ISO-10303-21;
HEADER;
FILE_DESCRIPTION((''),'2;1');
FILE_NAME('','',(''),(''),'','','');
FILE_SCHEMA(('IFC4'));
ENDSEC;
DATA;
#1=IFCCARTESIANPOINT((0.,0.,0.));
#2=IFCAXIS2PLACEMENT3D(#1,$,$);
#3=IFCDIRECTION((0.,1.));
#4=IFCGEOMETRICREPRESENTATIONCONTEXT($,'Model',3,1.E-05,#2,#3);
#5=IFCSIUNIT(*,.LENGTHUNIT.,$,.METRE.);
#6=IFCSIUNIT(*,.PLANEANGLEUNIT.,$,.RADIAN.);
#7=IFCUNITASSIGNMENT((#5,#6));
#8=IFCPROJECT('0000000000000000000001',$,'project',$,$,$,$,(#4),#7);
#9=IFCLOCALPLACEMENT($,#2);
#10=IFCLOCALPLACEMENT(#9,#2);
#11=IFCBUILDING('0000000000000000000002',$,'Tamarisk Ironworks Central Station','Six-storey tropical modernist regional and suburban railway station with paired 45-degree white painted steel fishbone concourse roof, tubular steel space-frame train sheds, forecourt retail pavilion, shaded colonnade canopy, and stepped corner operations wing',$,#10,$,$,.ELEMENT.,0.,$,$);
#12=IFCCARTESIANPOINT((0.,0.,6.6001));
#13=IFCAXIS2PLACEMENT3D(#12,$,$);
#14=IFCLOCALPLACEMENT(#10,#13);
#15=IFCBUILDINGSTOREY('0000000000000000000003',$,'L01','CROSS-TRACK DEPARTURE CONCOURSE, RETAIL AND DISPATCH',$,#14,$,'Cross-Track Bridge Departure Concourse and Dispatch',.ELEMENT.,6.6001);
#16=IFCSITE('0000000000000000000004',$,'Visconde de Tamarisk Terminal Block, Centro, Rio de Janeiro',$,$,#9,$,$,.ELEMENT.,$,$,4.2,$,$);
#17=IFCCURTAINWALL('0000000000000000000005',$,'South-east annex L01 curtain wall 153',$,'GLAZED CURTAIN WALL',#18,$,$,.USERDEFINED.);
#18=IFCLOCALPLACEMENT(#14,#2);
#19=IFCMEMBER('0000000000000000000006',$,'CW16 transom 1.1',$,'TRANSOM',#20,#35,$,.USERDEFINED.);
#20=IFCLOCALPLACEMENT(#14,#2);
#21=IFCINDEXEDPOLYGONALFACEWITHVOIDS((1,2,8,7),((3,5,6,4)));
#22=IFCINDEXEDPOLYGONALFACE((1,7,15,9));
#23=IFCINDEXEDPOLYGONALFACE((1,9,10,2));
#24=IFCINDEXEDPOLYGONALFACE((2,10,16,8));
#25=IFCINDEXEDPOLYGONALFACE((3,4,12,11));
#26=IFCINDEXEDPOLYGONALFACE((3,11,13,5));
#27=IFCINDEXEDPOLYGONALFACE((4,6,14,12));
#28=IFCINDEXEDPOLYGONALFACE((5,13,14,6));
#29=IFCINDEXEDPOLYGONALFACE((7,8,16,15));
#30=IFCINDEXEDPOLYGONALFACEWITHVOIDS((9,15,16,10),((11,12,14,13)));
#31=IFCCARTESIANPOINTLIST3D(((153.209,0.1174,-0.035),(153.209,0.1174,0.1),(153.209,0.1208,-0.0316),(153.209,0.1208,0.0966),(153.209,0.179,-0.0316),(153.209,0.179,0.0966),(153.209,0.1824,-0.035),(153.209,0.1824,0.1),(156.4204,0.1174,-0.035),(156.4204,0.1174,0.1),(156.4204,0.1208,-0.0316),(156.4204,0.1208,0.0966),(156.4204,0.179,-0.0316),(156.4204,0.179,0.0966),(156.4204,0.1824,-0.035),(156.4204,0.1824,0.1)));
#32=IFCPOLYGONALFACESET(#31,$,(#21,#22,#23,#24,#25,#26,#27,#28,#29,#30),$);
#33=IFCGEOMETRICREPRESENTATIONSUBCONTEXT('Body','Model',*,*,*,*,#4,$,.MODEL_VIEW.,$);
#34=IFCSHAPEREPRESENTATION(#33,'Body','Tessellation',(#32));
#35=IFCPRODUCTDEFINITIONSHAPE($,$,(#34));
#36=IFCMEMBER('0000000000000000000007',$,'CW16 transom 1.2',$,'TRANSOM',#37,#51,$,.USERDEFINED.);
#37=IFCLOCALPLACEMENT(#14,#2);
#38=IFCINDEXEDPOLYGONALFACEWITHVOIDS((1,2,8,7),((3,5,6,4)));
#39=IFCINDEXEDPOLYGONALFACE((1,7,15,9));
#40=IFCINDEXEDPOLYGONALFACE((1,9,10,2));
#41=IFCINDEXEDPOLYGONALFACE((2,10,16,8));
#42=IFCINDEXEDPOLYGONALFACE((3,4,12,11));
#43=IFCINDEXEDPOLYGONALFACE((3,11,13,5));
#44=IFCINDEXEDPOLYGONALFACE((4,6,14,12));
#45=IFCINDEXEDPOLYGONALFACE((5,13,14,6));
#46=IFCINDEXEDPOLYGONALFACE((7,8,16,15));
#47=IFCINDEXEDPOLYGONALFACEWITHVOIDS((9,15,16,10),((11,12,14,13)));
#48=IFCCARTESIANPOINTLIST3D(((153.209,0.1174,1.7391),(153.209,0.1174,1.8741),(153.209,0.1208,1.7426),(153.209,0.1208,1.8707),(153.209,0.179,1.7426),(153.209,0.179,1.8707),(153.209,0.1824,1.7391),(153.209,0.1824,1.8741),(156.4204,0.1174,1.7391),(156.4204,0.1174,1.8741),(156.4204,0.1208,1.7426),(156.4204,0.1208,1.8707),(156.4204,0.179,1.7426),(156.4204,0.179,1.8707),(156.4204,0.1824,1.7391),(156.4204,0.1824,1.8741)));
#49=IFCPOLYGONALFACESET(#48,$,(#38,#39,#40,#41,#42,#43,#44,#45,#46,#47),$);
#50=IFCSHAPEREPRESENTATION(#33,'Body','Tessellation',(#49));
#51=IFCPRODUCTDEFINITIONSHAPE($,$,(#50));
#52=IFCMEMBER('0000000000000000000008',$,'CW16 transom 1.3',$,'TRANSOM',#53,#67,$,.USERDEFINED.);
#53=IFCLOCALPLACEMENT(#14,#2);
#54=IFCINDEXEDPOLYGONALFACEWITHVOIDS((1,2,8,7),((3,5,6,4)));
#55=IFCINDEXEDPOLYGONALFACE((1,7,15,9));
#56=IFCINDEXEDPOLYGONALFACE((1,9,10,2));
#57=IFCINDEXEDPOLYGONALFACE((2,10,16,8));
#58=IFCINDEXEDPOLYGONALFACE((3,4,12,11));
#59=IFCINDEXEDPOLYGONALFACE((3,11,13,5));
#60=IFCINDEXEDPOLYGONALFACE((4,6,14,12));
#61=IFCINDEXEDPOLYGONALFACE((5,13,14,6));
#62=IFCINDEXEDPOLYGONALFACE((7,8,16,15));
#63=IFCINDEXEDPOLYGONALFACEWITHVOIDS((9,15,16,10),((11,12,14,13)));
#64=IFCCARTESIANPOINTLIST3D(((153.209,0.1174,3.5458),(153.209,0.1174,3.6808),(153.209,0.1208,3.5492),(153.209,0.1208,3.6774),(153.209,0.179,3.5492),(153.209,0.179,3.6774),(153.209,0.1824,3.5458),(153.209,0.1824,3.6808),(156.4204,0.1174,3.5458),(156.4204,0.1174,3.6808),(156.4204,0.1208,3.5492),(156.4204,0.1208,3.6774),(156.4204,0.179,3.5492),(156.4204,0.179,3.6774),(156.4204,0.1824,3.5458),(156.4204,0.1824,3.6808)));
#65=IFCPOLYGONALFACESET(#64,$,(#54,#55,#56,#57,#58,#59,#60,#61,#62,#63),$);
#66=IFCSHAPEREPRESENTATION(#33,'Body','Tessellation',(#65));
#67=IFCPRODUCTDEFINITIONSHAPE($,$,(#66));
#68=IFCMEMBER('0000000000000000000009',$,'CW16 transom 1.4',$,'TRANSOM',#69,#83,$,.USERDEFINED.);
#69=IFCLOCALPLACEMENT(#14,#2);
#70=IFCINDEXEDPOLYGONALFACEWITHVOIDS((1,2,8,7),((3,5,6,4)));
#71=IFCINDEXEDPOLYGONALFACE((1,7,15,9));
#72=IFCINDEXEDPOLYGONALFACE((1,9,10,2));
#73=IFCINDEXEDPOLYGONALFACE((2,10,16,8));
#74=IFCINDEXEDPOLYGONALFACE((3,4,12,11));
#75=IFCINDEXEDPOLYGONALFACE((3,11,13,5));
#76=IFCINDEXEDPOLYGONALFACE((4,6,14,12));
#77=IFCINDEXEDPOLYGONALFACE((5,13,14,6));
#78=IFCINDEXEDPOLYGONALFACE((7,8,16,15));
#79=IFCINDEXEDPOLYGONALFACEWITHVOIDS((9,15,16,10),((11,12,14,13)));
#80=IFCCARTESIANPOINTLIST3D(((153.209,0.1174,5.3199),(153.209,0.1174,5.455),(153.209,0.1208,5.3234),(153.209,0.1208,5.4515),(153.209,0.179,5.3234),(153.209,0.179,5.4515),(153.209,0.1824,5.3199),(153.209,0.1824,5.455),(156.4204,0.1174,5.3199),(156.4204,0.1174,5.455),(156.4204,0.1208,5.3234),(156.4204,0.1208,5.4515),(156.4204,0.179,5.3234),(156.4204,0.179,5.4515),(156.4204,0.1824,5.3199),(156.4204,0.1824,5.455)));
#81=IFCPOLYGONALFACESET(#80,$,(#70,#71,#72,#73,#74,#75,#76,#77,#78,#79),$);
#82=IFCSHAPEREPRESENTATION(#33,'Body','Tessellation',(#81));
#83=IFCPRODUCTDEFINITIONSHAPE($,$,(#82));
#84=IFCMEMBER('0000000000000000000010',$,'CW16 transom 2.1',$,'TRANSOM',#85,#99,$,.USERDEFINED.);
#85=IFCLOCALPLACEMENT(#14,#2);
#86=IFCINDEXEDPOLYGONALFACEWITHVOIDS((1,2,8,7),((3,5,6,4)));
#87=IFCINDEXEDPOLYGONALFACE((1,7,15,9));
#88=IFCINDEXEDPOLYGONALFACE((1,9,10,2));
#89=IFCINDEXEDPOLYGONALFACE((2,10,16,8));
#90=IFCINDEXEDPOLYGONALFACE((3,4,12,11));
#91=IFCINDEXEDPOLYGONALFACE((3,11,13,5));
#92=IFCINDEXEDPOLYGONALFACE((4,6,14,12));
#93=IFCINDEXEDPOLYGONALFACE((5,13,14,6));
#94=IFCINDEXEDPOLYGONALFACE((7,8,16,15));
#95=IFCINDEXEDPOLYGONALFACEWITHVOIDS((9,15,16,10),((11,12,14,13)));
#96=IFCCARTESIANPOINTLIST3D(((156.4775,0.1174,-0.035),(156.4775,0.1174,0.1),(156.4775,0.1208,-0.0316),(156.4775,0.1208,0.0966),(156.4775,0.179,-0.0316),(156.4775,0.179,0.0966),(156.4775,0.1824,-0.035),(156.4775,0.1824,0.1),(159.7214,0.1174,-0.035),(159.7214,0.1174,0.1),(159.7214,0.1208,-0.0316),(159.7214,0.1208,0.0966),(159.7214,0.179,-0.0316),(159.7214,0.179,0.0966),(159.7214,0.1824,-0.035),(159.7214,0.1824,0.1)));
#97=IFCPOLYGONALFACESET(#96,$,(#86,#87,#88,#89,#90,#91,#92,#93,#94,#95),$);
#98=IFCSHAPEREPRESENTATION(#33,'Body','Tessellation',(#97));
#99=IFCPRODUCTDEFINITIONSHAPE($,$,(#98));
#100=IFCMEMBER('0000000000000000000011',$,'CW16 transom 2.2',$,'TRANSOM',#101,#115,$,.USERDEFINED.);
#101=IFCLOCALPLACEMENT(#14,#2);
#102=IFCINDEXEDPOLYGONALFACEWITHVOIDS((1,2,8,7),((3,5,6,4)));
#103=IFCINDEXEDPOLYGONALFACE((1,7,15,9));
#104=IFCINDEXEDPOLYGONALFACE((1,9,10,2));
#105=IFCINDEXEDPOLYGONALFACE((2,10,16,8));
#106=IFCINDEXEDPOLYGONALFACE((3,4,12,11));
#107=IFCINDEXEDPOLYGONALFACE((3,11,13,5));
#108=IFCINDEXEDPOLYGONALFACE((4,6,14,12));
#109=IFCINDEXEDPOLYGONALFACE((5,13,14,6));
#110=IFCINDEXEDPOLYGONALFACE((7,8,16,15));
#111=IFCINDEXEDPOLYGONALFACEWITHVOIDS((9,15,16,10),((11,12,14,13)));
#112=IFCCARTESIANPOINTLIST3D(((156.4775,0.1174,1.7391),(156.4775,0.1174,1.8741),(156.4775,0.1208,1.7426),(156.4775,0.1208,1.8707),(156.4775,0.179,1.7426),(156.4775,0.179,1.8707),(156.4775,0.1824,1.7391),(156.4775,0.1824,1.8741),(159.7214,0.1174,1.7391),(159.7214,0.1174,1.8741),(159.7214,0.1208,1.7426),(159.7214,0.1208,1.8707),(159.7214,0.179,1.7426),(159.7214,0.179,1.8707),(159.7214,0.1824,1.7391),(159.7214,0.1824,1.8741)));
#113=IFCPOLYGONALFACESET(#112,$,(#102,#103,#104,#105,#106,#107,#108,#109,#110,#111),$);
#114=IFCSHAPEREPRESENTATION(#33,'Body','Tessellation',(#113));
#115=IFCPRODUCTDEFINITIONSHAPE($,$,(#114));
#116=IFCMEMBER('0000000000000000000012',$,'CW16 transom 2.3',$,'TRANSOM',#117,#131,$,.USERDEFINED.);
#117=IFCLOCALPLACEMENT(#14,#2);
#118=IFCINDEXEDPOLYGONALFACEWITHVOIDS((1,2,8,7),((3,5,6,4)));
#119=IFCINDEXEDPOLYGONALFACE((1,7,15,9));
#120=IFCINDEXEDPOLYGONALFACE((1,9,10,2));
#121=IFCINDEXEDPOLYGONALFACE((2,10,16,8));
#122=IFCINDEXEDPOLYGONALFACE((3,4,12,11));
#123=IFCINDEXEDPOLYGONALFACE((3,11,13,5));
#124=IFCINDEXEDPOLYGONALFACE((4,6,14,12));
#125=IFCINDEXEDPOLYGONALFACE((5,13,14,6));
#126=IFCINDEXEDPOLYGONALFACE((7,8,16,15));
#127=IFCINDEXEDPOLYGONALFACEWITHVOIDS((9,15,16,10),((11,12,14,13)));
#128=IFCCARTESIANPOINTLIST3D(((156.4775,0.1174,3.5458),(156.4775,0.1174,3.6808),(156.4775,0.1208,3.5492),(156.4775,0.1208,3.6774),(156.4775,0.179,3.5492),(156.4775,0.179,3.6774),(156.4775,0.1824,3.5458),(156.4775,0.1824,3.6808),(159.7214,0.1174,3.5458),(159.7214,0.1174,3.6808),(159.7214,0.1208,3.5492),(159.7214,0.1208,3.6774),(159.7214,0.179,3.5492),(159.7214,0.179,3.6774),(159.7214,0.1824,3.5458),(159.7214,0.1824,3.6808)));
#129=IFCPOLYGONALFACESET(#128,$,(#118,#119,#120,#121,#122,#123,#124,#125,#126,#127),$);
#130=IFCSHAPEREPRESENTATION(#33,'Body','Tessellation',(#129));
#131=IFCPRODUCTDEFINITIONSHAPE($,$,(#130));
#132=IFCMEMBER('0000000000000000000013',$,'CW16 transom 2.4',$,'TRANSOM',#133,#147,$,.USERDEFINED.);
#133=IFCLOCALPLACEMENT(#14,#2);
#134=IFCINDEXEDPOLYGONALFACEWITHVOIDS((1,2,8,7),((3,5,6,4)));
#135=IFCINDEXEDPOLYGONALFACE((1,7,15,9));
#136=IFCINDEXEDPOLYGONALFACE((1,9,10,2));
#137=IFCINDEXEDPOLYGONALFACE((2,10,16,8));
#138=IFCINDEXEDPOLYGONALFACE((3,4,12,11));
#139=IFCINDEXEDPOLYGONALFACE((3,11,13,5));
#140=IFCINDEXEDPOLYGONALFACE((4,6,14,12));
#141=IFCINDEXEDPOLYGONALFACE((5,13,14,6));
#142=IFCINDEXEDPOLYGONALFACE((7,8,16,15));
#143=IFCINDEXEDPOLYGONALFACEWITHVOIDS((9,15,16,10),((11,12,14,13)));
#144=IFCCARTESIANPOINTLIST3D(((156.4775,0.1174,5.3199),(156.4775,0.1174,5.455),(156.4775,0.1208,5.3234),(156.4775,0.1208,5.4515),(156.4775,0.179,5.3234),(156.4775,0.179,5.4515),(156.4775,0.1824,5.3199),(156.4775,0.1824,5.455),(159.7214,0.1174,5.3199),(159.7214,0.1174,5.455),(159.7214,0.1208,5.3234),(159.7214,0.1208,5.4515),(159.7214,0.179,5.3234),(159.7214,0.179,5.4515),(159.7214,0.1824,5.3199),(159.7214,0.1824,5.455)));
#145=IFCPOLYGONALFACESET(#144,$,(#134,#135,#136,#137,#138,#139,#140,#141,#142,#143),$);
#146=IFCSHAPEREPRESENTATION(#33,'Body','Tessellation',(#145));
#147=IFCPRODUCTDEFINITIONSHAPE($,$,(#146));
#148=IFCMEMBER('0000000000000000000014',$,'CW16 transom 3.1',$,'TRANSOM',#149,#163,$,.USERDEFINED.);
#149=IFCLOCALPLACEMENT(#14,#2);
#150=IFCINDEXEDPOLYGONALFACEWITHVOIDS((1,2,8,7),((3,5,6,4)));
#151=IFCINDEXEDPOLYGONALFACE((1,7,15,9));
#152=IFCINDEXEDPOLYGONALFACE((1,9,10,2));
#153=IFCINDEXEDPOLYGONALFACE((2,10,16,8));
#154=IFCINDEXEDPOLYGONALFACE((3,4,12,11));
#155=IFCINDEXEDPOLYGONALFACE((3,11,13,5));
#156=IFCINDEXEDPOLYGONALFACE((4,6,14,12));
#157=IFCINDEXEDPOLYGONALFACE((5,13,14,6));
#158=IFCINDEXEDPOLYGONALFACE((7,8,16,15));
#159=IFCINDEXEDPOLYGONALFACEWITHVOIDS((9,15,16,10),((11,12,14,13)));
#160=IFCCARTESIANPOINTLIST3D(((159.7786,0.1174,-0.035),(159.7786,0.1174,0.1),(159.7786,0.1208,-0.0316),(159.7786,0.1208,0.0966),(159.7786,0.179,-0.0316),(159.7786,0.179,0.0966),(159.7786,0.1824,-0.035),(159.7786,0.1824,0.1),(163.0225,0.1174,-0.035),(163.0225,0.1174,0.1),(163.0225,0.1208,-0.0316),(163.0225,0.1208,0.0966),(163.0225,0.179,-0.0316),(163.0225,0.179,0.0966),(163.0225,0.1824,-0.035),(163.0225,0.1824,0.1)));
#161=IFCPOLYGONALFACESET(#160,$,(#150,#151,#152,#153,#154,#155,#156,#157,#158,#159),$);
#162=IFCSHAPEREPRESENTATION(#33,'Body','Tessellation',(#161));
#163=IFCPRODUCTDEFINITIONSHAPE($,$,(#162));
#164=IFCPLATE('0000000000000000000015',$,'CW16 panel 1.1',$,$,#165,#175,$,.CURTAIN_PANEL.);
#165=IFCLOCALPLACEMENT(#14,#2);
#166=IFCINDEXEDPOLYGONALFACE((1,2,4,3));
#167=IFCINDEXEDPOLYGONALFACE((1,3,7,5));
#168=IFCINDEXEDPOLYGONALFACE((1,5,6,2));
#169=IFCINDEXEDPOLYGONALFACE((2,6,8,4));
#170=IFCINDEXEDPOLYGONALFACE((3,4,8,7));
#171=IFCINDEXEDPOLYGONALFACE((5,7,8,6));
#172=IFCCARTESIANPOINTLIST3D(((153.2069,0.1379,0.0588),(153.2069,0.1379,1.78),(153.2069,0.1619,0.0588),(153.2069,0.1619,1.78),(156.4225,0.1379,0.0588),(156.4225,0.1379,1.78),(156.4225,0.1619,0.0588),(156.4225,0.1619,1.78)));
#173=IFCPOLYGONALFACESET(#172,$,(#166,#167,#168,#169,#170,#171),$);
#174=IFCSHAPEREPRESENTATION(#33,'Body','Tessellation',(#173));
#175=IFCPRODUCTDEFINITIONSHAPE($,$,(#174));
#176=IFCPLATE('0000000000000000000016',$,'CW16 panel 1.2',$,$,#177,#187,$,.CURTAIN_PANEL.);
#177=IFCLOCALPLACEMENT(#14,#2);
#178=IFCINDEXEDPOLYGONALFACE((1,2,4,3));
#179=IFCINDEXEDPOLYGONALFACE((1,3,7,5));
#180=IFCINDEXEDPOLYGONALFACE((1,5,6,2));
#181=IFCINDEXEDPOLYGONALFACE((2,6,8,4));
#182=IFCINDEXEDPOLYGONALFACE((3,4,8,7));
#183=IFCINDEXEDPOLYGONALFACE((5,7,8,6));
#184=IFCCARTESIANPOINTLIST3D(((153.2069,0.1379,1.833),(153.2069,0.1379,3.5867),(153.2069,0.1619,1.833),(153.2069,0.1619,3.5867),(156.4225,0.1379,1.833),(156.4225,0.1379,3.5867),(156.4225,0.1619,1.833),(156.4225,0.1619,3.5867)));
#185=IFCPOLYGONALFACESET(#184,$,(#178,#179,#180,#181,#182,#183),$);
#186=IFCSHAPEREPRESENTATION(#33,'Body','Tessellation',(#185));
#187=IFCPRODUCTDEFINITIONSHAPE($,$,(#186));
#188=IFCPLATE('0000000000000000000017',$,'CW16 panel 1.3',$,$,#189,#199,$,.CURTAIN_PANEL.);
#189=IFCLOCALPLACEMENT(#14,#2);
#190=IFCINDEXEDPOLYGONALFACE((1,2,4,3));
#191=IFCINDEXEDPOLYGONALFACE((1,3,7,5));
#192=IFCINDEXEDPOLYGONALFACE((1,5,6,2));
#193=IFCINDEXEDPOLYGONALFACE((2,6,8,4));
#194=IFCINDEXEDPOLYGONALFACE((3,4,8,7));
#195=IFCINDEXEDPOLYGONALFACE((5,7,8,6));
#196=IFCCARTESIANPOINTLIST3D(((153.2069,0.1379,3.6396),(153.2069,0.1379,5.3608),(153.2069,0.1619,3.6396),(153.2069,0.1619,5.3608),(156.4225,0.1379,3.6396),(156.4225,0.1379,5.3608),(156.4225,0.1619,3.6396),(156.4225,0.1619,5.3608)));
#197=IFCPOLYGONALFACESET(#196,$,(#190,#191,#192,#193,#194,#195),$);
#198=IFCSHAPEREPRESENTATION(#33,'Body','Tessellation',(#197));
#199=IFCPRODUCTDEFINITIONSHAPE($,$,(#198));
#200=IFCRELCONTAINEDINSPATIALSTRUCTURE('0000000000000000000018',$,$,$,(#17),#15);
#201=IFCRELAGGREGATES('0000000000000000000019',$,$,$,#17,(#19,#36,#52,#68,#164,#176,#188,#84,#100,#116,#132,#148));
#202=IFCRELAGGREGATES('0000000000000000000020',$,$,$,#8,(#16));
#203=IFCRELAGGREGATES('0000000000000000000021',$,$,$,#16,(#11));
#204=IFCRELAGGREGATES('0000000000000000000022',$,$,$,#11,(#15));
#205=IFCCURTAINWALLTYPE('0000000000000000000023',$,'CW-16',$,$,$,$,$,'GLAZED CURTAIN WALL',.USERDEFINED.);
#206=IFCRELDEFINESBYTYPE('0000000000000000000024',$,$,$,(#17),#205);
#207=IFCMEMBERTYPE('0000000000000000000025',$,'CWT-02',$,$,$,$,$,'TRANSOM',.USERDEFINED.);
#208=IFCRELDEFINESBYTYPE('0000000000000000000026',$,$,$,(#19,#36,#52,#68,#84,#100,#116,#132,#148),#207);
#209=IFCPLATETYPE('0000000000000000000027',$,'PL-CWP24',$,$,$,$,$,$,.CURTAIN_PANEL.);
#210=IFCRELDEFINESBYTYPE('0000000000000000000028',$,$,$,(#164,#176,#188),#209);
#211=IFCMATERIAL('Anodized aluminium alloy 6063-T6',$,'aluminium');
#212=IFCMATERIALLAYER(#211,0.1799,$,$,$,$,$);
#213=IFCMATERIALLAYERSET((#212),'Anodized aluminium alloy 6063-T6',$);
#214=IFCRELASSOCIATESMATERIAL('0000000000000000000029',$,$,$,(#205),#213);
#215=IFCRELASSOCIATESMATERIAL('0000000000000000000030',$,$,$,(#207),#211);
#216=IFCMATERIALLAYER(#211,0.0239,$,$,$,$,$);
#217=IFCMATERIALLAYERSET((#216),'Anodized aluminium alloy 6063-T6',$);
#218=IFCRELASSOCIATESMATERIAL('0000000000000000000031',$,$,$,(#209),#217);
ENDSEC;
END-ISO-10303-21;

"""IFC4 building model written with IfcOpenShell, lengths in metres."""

from ifc_helpers import new_model, si_unit, direction, frame, origin, origin_2d, place, context, subcontext, project, spatial, rectangle, hollow_rectangle, extrude, material, layer, layer_set, material_profile, profile_set, type_object, element, aggregate, save


model = new_model("IFC4")

# Units and contexts
model_context = context("Model", 3, precision=1e-05, world=origin(), true_north=direction((0.0, 1.0)))
body_context = subcontext(model_context, "Body", "Model", "MODEL_VIEW")
ifc_project = project(units=[si_unit("LENGTHUNIT", "METRE"), si_unit("PLANEANGLEUNIT", "RADIAN")], contexts=[model_context])

# Site, building, storey
site_placement = place(None, origin())
site = spatial("IfcSite", under=ifc_project, at=site_placement, Name="Visconde de Tamarisk Terminal Block, Centro, Rio de Janeiro", CompositionType="ELEMENT", RefElevation=4.2)
building_placement = place(site_placement, origin())
building = spatial("IfcBuilding", under=site, at=building_placement, Name="Tamarisk Ironworks Central Station", Description="Six-storey tropical modernist regional and suburban railway station with paired 45-degree white painted steel fishbone concourse roof, tubular steel space-frame train sheds, forecourt retail pavilion, shaded colonnade canopy, and stepped corner operations wing", CompositionType="ELEMENT", ElevationOfRefHeight=0.0)
storey_placement = place(building_placement, frame((0.0, 0.0, 6.6001)))
storey = spatial("IfcBuildingStorey", under=building, at=storey_placement, Name="L01", Description="CROSS-TRACK DEPARTURE CONCOURSE, RETAIL AND DISPATCH", LongName="Cross-Track Bridge Departure Concourse and Dispatch", CompositionType="ELEMENT", Elevation=6.6001)

# Shared definitions
ifc_material_1 = material(Name="Anodized aluminium alloy 6063-T6", Category="aluminium")
ifc_layer_1 = layer(ifc_material_1, 0.1799)
ifc_layer_set_1 = layer_set([ifc_layer_1], Name="Anodized aluminium alloy 6063-T6")
curtain_wall_type = type_object("IfcCurtainWallType", Name="CW-16", ElementType="GLAZED CURTAIN WALL", PredefinedType="USERDEFINED", material=ifc_layer_set_1)

# Curtain wall, members, plates
curtain_wall_1_placement = place(storey_placement, origin())
curtain_wall_1 = element("IfcCurtainWall", 1, at=curtain_wall_1_placement, inside=storey, type_object=curtain_wall_type, Name="South-east annex L01 curtain wall 153", ObjectType="GLAZED CURTAIN WALL", PredefinedType="USERDEFINED")
ifc_material_profile_1 = material_profile(ifc_material_1, hollow_rectangle(XDim=0.0649, YDim=0.135, WallThickness=0.0034, at=origin_2d()), Name="ALUM 135x65")
ifc_profile_set_1 = profile_set([ifc_material_profile_1], Name="Anodized aluminium alloy 6063-T6")
member_type_1 = type_object("IfcMemberType", Name="CWT-02", ElementType="TRANSOM", PredefinedType="USERDEFINED", material=ifc_profile_set_1)
member_1_placement = place(storey_placement, frame((153.209, 0.1499, 0.0325), z_axis=(1.0, 0.0, 0.0), x_axis=(0.0, 1.0, 0.0)))
member_1 = element("IfcMember", 2, at=member_1_placement, type_object=member_type_1, Name="CW16 transom 1.1", ObjectType="TRANSOM", PredefinedType="USERDEFINED", context=body_context, shape_type="SweptSolid", body=[
    extrude(hollow_rectangle(XDim=0.0649, YDim=0.135, WallThickness=0.0034, at=origin_2d()), origin(), (0.0, 0.0, 1.0), 3.2114),
])
member_2_placement = place(storey_placement, frame((153.209, 0.1499, 1.8066), z_axis=(1.0, 0.0, 0.0), x_axis=(0.0, 1.0, 0.0)))
member_2 = element("IfcMember", 3, at=member_2_placement, type_object=member_type_1, Name="CW16 transom 1.2", ObjectType="TRANSOM", PredefinedType="USERDEFINED", context=body_context, shape_type="SweptSolid", body=[
    extrude(hollow_rectangle(XDim=0.0649, YDim=0.135, WallThickness=0.0034, at=origin_2d()), origin(), (0.0, 0.0, 1.0), 3.2114),
])
member_3_placement = place(storey_placement, frame((153.209, 0.1499, 3.6133), z_axis=(1.0, 0.0, 0.0), x_axis=(0.0, 1.0, 0.0)))
member_3 = element("IfcMember", 4, at=member_3_placement, type_object=member_type_1, Name="CW16 transom 1.3", ObjectType="TRANSOM", PredefinedType="USERDEFINED", context=body_context, shape_type="SweptSolid", body=[
    extrude(hollow_rectangle(XDim=0.0649, YDim=0.135, WallThickness=0.0034, at=origin_2d()), origin(), (0.0, 0.0, 1.0), 3.2114),
])
member_4_placement = place(storey_placement, frame((153.209, 0.1499, 5.3875), z_axis=(1.0, 0.0, 0.0), x_axis=(0.0, 1.0, 0.0)))
member_4 = element("IfcMember", 5, at=member_4_placement, type_object=member_type_1, Name="CW16 transom 1.4", ObjectType="TRANSOM", PredefinedType="USERDEFINED", context=body_context, shape_type="SweptSolid", body=[
    extrude(hollow_rectangle(XDim=0.0649, YDim=0.135, WallThickness=0.0034, at=origin_2d()), origin(), (0.0, 0.0, 1.0), 3.2114),
])
member_5_placement = place(storey_placement, frame((156.4775, 0.1499, 0.0325), z_axis=(1.0, 0.0, 0.0), x_axis=(0.0, 1.0, 0.0)))
member_5 = element("IfcMember", 6, at=member_5_placement, type_object=member_type_1, Name="CW16 transom 2.1", ObjectType="TRANSOM", PredefinedType="USERDEFINED", context=body_context, shape_type="SweptSolid", body=[
    extrude(hollow_rectangle(XDim=0.0649, YDim=0.135, WallThickness=0.0034, at=origin_2d()), origin(), (0.0, 0.0, 1.0), 3.2439),
])
member_6_placement = place(storey_placement, frame((156.4775, 0.1499, 1.8066), z_axis=(1.0, 0.0, 0.0), x_axis=(0.0, 1.0, 0.0)))
member_6 = element("IfcMember", 7, at=member_6_placement, type_object=member_type_1, Name="CW16 transom 2.2", ObjectType="TRANSOM", PredefinedType="USERDEFINED", context=body_context, shape_type="SweptSolid", body=[
    extrude(hollow_rectangle(XDim=0.0649, YDim=0.135, WallThickness=0.0034, at=origin_2d()), origin(), (0.0, 0.0, 1.0), 3.2439),
])
member_7_placement = place(storey_placement, frame((156.4775, 0.1499, 3.6133), z_axis=(1.0, 0.0, 0.0), x_axis=(0.0, 1.0, 0.0)))
member_7 = element("IfcMember", 8, at=member_7_placement, type_object=member_type_1, Name="CW16 transom 2.3", ObjectType="TRANSOM", PredefinedType="USERDEFINED", context=body_context, shape_type="SweptSolid", body=[
    extrude(hollow_rectangle(XDim=0.0649, YDim=0.135, WallThickness=0.0034, at=origin_2d()), origin(), (0.0, 0.0, 1.0), 3.2439),
])
member_8_placement = place(storey_placement, frame((156.4775, 0.1499, 5.3875), z_axis=(1.0, 0.0, 0.0), x_axis=(0.0, 1.0, 0.0)))
member_8 = element("IfcMember", 9, at=member_8_placement, type_object=member_type_1, Name="CW16 transom 2.4", ObjectType="TRANSOM", PredefinedType="USERDEFINED", context=body_context, shape_type="SweptSolid", body=[
    extrude(hollow_rectangle(XDim=0.0649, YDim=0.135, WallThickness=0.0034, at=origin_2d()), origin(), (0.0, 0.0, 1.0), 3.2439),
])
member_9_placement = place(storey_placement, frame((159.7786, 0.1499, 0.0325), z_axis=(1.0, 0.0, 0.0), x_axis=(0.0, 1.0, 0.0)))
member_9 = element("IfcMember", 10, at=member_9_placement, type_object=member_type_1, Name="CW16 transom 3.1", ObjectType="TRANSOM", PredefinedType="USERDEFINED", context=body_context, shape_type="SweptSolid", body=[
    extrude(hollow_rectangle(XDim=0.0649, YDim=0.135, WallThickness=0.0034, at=origin_2d()), origin(), (0.0, 0.0, 1.0), 3.2439),
])
ifc_layer_2 = layer(ifc_material_1, 0.0239)
ifc_layer_set_2 = layer_set([ifc_layer_2], Name="Anodized aluminium alloy 6063-T6")
plate_type = type_object("IfcPlateType", Name="PL-CWP24", PredefinedType="CURTAIN_PANEL", material=ifc_layer_set_2)
plate_1_placement = place(storey_placement, frame((154.8147, 0.1499, 0.0588), z_axis=(0.0, 0.0, 1.0), x_axis=(1.0, 0.0, 0.0)))
plate_1 = element("IfcPlate", 11, at=plate_1_placement, type_object=plate_type, Name="CW16 panel 1.1", PredefinedType="CURTAIN_PANEL", context=body_context, shape_type="SweptSolid", body=[
    extrude(rectangle(XDim=3.2156, YDim=0.0239, at=origin_2d()), origin(), (0.0, 0.0, 1.0), 1.7212),
])
plate_2_placement = place(storey_placement, frame((154.8147, 0.1499, 1.833), z_axis=(0.0, 0.0, 1.0), x_axis=(1.0, 0.0, 0.0)))
plate_2 = element("IfcPlate", 12, at=plate_2_placement, type_object=plate_type, Name="CW16 panel 1.2", PredefinedType="CURTAIN_PANEL", context=body_context, shape_type="SweptSolid", body=[
    extrude(rectangle(XDim=3.2156, YDim=0.0239, at=origin_2d()), origin(), (0.0, 0.0, 1.0), 1.7537),
])
plate_3_placement = place(storey_placement, frame((154.8147, 0.1499, 3.6396), z_axis=(0.0, 0.0, 1.0), x_axis=(1.0, 0.0, 0.0)))
plate_3 = element("IfcPlate", 13, at=plate_3_placement, type_object=plate_type, Name="CW16 panel 1.3", PredefinedType="CURTAIN_PANEL", context=body_context, shape_type="SweptSolid", body=[
    extrude(rectangle(XDim=3.2156, YDim=0.0239, at=origin_2d()), origin(), (0.0, 0.0, 1.0), 1.7212),
])
aggregate(curtain_wall_1, [member_1, member_2, member_3, member_4, plate_1, plate_2, plate_3, member_5, member_6, member_7, member_8, member_9])

save(model, "model.ifc")
